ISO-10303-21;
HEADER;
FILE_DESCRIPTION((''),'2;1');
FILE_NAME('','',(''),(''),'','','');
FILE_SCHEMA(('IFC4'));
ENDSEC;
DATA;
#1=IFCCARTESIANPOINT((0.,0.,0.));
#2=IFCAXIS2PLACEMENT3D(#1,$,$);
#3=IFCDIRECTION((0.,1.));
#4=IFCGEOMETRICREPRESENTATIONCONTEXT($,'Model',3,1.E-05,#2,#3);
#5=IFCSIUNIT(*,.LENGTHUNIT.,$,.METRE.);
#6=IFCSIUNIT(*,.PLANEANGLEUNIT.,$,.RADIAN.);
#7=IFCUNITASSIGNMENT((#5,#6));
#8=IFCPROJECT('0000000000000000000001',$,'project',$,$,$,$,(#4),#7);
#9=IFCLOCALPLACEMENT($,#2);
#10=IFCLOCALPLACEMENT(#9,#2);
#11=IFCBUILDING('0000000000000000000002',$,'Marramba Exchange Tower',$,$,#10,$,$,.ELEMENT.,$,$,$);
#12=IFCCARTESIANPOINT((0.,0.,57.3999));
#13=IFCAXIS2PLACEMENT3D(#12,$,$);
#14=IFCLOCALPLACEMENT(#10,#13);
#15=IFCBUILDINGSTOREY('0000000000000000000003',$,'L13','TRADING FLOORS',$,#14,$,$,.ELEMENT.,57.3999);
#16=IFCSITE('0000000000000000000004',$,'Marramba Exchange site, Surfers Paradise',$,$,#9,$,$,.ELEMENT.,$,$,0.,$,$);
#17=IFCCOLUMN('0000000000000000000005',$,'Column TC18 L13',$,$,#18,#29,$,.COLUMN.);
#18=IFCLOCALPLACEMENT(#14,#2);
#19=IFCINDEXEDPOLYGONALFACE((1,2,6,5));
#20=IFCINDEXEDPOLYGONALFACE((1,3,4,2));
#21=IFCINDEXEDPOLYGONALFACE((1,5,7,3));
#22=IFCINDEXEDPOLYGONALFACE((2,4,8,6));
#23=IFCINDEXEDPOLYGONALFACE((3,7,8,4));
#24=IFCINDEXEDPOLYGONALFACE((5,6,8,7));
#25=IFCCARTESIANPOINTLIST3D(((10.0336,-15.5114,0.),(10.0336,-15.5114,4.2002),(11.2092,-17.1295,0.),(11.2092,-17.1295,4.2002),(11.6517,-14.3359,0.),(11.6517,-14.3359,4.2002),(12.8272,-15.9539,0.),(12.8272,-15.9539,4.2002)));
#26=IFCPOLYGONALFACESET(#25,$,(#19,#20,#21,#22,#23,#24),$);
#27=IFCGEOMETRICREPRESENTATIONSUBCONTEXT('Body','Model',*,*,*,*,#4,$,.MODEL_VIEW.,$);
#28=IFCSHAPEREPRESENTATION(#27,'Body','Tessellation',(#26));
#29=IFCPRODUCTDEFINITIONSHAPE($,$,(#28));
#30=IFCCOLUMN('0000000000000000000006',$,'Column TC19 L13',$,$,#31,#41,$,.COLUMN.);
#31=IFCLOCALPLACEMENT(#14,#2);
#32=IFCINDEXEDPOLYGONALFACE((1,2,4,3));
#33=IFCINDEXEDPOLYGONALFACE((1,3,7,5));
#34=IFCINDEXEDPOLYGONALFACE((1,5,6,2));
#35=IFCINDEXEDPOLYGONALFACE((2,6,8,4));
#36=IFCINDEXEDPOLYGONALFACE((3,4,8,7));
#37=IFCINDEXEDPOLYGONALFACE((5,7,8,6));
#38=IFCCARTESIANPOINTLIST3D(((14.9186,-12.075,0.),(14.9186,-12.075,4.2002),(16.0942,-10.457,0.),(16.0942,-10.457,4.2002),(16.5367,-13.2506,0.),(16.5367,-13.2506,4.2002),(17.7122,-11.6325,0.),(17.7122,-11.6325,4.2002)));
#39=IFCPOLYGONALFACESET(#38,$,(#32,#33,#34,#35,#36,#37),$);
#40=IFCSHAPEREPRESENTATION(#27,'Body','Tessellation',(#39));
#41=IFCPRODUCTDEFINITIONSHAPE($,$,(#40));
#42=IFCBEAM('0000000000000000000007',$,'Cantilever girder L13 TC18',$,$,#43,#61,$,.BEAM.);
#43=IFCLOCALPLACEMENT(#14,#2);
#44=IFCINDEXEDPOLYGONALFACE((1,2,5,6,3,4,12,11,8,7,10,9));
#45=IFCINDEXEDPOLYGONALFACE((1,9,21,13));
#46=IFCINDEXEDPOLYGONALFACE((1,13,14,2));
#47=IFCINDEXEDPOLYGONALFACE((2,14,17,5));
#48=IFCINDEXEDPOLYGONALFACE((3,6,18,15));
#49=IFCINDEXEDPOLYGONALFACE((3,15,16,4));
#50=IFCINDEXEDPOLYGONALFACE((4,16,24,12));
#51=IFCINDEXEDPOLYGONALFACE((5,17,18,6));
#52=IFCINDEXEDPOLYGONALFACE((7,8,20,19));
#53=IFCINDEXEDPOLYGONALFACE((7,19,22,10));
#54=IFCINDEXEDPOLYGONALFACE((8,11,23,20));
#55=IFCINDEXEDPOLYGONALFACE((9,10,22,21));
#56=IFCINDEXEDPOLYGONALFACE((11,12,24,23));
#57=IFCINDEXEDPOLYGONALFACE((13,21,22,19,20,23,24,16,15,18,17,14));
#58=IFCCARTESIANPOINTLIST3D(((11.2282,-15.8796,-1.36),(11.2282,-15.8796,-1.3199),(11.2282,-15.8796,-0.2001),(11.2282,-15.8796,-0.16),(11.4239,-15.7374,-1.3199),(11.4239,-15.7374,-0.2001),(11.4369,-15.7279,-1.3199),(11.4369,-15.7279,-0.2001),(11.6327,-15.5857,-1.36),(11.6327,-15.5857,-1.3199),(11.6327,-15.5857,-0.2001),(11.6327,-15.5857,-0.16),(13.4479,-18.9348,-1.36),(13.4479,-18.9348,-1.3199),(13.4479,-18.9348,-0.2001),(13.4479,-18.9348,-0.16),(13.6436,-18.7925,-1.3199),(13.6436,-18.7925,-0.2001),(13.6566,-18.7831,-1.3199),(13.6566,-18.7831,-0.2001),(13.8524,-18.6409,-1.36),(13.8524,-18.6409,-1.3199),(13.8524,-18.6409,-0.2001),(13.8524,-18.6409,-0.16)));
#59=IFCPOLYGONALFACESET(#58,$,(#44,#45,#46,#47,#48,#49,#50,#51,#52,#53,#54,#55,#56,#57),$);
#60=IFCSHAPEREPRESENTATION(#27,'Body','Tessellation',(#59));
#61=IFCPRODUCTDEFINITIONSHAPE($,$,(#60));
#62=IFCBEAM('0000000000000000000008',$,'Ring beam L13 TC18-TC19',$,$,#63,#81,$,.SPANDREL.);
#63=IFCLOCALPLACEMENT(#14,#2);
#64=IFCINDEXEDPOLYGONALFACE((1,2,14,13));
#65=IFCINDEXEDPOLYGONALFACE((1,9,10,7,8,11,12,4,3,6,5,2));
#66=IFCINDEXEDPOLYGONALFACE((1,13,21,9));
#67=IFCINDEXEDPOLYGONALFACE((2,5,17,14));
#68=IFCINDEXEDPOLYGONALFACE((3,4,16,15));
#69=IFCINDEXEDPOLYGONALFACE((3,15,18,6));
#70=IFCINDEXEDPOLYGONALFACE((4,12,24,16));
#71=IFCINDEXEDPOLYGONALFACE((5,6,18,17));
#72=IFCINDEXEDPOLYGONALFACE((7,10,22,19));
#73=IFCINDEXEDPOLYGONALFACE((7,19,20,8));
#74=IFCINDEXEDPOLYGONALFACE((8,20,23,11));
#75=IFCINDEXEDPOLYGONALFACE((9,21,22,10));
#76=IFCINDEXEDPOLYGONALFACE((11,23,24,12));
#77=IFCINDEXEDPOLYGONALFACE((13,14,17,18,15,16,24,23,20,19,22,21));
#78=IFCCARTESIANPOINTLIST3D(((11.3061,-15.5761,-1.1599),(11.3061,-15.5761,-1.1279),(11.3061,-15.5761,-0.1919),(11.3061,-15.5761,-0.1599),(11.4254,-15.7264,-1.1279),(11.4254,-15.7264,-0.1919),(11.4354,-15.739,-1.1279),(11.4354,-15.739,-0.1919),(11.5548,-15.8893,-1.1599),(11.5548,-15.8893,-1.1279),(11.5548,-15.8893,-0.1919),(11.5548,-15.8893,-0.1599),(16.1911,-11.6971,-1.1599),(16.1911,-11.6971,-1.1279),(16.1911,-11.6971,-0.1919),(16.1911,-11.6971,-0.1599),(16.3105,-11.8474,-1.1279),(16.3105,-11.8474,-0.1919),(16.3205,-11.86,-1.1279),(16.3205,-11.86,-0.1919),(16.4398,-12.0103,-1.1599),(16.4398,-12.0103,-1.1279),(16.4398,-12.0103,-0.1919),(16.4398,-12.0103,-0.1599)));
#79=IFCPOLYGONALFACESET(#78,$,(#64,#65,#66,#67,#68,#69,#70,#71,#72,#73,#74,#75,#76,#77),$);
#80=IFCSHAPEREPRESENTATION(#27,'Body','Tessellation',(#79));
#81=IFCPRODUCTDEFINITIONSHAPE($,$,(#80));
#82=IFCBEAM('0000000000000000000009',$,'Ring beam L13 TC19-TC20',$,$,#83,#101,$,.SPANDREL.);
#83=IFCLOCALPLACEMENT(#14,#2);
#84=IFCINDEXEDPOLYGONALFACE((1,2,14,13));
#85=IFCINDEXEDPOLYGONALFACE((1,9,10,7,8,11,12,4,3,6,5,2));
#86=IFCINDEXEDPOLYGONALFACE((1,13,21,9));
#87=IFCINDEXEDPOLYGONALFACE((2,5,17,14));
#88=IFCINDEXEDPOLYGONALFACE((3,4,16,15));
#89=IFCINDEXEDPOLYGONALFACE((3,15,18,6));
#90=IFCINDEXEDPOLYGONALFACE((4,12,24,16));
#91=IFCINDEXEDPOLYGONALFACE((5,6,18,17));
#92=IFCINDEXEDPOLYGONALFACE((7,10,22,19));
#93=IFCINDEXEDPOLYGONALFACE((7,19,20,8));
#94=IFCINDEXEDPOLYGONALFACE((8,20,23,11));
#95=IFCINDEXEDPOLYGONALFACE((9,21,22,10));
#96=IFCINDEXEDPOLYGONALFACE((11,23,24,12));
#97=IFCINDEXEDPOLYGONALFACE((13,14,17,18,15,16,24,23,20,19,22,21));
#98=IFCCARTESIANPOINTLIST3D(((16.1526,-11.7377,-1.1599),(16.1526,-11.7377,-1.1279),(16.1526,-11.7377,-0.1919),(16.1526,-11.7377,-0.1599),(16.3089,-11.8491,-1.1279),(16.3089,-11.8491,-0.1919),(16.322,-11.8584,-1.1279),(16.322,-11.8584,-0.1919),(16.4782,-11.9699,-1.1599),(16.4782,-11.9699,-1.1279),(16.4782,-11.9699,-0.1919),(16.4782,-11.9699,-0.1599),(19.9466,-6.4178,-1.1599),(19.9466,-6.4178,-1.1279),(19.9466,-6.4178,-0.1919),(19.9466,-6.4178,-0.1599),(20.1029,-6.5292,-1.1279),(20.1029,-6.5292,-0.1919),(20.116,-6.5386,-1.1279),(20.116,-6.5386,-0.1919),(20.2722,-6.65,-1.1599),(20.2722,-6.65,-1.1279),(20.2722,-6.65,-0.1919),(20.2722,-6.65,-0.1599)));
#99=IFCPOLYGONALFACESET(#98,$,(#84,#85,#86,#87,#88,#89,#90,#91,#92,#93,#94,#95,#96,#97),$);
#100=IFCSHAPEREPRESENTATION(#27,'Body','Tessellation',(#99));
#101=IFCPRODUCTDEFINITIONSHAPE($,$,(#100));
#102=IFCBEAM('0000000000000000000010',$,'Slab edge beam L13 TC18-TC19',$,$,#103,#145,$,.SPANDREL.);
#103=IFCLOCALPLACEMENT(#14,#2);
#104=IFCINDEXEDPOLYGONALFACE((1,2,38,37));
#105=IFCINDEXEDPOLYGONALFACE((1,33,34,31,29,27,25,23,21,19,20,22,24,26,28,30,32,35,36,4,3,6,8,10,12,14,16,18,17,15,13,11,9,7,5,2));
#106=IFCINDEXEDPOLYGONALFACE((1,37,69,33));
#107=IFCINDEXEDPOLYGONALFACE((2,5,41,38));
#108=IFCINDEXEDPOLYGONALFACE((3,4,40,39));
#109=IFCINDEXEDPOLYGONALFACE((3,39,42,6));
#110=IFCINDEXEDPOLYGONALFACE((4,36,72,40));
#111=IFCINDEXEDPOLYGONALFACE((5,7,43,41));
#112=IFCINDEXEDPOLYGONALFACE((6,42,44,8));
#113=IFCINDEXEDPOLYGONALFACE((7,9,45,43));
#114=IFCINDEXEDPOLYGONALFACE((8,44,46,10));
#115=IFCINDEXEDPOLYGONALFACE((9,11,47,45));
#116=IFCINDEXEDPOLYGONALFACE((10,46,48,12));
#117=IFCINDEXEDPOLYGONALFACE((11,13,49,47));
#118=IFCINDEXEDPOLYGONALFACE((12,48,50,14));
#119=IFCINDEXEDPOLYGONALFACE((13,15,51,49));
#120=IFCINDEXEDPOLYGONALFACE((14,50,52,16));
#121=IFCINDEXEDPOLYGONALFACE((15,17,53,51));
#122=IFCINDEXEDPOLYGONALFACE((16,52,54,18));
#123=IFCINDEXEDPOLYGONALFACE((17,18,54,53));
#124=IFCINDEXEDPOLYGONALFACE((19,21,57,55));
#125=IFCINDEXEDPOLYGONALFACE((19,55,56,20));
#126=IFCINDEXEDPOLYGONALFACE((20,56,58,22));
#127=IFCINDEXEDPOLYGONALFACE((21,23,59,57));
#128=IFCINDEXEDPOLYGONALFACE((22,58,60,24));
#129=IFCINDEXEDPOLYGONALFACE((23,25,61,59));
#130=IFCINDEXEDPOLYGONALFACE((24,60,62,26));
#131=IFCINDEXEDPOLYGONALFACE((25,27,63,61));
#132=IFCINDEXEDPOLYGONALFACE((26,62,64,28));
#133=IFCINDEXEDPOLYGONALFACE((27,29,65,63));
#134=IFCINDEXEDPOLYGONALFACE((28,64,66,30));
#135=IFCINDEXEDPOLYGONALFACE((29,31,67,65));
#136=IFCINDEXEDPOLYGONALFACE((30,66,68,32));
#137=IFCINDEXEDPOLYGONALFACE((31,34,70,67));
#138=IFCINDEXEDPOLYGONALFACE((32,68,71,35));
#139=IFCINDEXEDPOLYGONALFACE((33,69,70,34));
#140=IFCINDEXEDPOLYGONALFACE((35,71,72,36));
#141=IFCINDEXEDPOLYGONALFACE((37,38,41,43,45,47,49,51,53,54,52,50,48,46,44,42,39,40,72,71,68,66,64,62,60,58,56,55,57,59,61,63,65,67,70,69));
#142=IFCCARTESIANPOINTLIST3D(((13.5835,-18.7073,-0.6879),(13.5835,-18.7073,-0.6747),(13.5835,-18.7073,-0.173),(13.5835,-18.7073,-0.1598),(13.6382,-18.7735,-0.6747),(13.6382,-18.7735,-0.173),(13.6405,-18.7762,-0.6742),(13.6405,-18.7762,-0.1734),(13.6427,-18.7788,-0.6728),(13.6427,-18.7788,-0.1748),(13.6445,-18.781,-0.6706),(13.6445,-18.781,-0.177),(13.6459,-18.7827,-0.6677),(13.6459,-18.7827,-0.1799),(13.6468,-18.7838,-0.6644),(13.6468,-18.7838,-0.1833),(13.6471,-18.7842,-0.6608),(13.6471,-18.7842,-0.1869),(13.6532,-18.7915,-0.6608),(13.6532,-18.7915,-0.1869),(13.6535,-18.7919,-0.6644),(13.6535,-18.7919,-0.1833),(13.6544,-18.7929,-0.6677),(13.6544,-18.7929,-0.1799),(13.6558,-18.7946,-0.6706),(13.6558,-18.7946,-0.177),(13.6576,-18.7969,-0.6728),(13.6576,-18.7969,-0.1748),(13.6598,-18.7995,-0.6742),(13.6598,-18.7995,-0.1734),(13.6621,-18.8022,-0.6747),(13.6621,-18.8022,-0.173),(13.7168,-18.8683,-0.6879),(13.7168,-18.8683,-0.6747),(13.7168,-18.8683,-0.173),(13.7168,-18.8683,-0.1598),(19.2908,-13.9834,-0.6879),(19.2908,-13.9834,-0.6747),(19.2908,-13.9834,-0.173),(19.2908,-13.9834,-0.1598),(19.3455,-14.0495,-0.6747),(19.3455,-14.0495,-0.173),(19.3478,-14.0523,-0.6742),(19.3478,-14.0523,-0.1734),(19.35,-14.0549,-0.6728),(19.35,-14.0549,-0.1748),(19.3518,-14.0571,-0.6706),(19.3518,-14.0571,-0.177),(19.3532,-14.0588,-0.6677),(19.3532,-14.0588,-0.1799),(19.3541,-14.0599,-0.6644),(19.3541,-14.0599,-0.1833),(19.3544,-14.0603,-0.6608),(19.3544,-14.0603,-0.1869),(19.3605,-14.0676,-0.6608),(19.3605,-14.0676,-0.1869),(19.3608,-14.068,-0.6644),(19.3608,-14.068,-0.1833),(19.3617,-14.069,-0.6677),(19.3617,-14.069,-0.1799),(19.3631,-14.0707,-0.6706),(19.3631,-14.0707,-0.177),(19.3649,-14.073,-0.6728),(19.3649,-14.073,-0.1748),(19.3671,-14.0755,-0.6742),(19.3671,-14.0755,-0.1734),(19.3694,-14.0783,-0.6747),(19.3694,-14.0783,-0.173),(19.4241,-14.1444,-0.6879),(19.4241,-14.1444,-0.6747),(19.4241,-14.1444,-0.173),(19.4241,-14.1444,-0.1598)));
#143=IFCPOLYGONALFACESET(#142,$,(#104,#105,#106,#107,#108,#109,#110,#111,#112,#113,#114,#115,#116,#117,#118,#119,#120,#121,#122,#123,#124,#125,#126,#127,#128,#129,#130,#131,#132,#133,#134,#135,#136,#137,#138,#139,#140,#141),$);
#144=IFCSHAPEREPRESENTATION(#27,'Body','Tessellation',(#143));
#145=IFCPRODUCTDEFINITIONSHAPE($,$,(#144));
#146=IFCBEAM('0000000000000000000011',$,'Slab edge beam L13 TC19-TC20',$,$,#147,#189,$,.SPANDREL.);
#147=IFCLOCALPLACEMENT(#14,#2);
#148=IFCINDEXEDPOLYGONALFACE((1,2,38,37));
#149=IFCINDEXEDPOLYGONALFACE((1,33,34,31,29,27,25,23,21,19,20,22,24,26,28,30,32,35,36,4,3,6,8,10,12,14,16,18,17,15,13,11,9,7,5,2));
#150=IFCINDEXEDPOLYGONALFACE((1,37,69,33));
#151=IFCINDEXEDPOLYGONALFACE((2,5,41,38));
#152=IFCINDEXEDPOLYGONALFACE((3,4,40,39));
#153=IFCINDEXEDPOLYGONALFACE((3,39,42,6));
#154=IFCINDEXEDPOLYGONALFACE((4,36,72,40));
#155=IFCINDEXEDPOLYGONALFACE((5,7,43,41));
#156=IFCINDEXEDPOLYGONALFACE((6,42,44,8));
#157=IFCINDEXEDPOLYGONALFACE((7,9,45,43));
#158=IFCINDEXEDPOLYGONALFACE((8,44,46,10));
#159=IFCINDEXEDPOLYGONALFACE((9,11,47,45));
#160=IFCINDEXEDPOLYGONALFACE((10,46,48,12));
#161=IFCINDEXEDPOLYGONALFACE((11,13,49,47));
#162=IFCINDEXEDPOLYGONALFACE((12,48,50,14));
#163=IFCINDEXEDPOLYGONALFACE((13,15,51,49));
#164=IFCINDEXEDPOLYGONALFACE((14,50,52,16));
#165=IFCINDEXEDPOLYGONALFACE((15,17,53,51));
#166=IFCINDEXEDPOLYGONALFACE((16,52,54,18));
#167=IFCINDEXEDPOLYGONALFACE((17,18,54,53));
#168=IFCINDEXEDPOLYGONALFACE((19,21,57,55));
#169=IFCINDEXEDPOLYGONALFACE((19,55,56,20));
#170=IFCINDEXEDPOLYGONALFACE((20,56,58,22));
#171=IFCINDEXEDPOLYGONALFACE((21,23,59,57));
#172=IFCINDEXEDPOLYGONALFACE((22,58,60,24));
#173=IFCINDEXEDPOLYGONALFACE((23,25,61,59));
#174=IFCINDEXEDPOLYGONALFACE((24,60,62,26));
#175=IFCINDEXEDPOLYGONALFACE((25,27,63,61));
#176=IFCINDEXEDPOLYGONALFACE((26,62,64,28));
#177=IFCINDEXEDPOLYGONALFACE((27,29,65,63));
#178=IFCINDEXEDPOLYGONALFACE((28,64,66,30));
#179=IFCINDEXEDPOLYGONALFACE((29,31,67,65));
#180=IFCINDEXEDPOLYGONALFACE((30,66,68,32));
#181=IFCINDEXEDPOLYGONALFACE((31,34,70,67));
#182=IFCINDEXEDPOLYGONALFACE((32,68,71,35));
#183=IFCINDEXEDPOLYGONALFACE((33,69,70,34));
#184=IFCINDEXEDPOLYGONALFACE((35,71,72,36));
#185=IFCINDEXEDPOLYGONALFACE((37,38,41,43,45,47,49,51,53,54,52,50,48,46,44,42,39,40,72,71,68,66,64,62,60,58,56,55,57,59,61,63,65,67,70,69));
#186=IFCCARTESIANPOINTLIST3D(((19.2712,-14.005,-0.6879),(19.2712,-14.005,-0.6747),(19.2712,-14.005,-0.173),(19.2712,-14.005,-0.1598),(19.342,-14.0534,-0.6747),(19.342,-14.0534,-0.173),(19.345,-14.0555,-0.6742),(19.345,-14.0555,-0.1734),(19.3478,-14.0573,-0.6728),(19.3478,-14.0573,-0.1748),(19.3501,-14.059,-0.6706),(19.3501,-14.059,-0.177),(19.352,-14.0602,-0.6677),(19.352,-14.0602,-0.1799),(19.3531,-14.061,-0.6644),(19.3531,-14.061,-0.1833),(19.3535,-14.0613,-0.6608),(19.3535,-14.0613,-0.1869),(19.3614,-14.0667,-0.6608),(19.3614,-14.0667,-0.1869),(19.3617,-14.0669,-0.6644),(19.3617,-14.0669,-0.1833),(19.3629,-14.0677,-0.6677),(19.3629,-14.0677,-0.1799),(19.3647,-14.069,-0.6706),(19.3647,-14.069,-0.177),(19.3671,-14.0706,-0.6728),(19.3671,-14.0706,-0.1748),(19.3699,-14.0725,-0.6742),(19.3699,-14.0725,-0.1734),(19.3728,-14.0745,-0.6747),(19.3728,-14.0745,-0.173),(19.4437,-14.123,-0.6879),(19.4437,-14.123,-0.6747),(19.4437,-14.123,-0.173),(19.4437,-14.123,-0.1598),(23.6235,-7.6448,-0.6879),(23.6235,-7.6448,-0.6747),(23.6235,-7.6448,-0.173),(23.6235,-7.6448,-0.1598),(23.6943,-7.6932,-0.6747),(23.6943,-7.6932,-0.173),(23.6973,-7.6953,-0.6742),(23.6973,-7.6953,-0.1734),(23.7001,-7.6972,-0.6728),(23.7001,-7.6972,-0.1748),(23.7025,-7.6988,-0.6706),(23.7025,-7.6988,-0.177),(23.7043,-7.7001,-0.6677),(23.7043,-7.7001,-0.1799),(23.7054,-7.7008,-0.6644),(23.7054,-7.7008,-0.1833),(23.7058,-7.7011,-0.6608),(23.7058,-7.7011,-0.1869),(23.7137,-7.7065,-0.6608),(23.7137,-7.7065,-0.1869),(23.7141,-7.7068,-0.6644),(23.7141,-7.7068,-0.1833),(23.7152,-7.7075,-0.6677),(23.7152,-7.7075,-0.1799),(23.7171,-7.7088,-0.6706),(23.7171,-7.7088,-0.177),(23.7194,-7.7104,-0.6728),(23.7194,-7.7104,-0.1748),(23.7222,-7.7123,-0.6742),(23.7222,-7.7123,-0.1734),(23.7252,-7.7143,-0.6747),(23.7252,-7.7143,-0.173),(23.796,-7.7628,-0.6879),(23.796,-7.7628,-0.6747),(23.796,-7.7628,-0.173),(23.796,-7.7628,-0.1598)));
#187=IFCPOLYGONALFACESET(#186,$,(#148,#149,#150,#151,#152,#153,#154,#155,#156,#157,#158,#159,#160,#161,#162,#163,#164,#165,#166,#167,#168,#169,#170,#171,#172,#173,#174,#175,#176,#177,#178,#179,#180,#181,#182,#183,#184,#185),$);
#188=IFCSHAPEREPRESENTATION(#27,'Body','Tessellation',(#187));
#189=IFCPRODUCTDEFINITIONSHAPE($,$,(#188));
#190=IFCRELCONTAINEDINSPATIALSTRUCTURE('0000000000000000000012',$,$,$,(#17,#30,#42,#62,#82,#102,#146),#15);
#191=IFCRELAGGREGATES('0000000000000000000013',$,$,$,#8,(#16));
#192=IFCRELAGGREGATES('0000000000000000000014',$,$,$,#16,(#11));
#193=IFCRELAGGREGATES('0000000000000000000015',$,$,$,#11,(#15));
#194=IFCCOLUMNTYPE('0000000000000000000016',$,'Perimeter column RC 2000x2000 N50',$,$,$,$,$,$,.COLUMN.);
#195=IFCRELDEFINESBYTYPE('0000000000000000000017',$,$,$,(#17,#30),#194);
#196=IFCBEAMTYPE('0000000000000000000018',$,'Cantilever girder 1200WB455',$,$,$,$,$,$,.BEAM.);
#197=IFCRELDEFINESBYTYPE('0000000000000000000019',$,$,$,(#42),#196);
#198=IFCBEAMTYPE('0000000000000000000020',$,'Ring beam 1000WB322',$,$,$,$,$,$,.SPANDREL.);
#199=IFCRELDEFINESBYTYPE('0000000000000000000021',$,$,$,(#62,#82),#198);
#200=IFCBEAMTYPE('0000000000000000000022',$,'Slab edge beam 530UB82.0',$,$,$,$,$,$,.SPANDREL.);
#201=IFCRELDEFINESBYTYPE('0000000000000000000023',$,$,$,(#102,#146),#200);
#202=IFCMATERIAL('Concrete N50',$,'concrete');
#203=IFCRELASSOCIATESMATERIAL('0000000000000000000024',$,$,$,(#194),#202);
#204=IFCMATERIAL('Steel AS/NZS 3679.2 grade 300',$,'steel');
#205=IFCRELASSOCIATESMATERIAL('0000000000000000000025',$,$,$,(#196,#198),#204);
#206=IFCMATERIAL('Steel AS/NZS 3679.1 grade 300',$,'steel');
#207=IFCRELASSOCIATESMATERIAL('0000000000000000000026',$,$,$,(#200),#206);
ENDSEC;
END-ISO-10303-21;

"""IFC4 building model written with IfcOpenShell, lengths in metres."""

from ifc_helpers import new_model, si_unit, direction, frame, origin, origin_2d, place, context, subcontext, project, spatial, rectangle, i_section, extrude, material, material_profile, profile_set, type_object, element, save


model = new_model("IFC4")

# Units and contexts
model_context = context("Model", 3, precision=1e-05, world=origin(), true_north=direction((0.0, 1.0)))
body_context = subcontext(model_context, "Body", "Model", "MODEL_VIEW")
ifc_project = project(units=[si_unit("LENGTHUNIT", "METRE"), si_unit("PLANEANGLEUNIT", "RADIAN")], contexts=[model_context])

# Site, building, storey
site_placement = place(None, origin())
site = spatial("IfcSite", under=ifc_project, at=site_placement, Name="Marramba Exchange site, Surfers Paradise", CompositionType="ELEMENT", RefElevation=0.0)
building_placement = place(site_placement, origin())
building = spatial("IfcBuilding", under=site, at=building_placement, Name="Marramba Exchange Tower", CompositionType="ELEMENT")
storey_placement = place(building_placement, frame((0.0, 0.0, 57.3999)))
storey = spatial("IfcBuildingStorey", under=building, at=storey_placement, Name="L13", Description="TRADING FLOORS", CompositionType="ELEMENT", Elevation=57.3999)

# Columns
ifc_material_1 = material(Name="Concrete N50", Category="concrete")
ifc_material_profile_1 = material_profile(ifc_material_1, rectangle(XDim=2.0, YDim=2.0, at=origin_2d()), Name="RC 2000x2000")
ifc_profile_set_1 = profile_set([ifc_material_profile_1], Name="Concrete N50")
column_type = type_object("IfcColumnType", Name="Perimeter column RC 2000x2000 N50", PredefinedType="COLUMN", material=ifc_profile_set_1)
for number, where, z_axis, x_axis, name in (
    (1, (11.4304, -15.7327, 0.0), (0.0, 0.0, 1.0), (0.587785, -0.809017, 0.0), "Column TC18 L13"),
    (2, (16.3154, -11.8538, 0.0), (0.0, 0.0, 1.0), (0.809017, -0.587785, 0.0), "Column TC19 L13"),
):
    element("IfcColumn", number, at=place(storey_placement, frame(where, z_axis=z_axis, x_axis=x_axis)), inside=storey, type_object=column_type, Name=name, PredefinedType="COLUMN", context=body_context, shape_type="SweptSolid", body=[
        extrude(rectangle(XDim=2.0, YDim=2.0, at=origin_2d()), origin(), (0.0, 0.0, 1.0), 4.2002),
    ])

# Beams
ifc_material_2 = material(Name="Steel AS/NZS 3679.2 grade 300", Category="steel")
ifc_material_profile_2 = material_profile(ifc_material_2, i_section(OverallWidth=0.5, OverallDepth=1.2, WebThickness=0.0161, FlangeThickness=0.04, at=origin_2d()), Name="1200WB455")
ifc_profile_set_2 = profile_set([ifc_material_profile_2], Name="Steel AS/NZS 3679.2 grade 300")
beam_type_1 = type_object("IfcBeamType", Name="Cantilever girder 1200WB455", PredefinedType="BEAM", material=ifc_profile_set_2)
beam_1_placement = place(storey_placement, frame((11.4304, -15.7327, -0.76), z_axis=(0.587787, -0.809016, 0.0), x_axis=(0.809016, 0.587787, 0.0)))
element("IfcBeam", 3, at=beam_1_placement, inside=storey, type_object=beam_type_1, Name="Cantilever girder L13 TC18", PredefinedType="BEAM", context=body_context, shape_type="SweptSolid", body=[
    extrude(i_section(OverallWidth=0.5, OverallDepth=1.2, WebThickness=0.0161, FlangeThickness=0.04, at=origin_2d()), origin(), (0.0, 0.0, 1.0), 3.7764),
])
ifc_material_profile_3 = material_profile(ifc_material_2, i_section(OverallWidth=0.3999, OverallDepth=1.0, WebThickness=0.0161, FlangeThickness=0.032, at=origin_2d()), Name="1000WB322")
ifc_profile_set_3 = profile_set([ifc_material_profile_3], Name="Steel AS/NZS 3679.2 grade 300")
beam_type_2 = type_object("IfcBeamType", Name="Ring beam 1000WB322", PredefinedType="SPANDREL", material=ifc_profile_set_3)
beam_2_placement = place(storey_placement, frame((11.4304, -15.7327, -0.6599), z_axis=(0.783139, 0.621846, 0.0), x_axis=(-0.621846, 0.783139, 0.0)))
element("IfcBeam", 4, at=beam_2_placement, inside=storey, type_object=beam_type_2, Name="Ring beam L13 TC18-TC19", PredefinedType="SPANDREL", context=body_context, shape_type="SweptSolid", body=[
    extrude(i_section(OverallWidth=0.3999, OverallDepth=1.0, WebThickness=0.0161, FlangeThickness=0.032, at=origin_2d()), origin(), (0.0, 0.0, 1.0), 6.2378),
])
beam_3_placement = place(storey_placement, frame((16.3154, -11.8538, -0.6599), z_axis=(0.580637, 0.814162, 0.0), x_axis=(-0.814162, 0.580637, 0.0)))
element("IfcBeam", 5, at=beam_3_placement, inside=storey, type_object=beam_type_2, Name="Ring beam L13 TC19-TC20", PredefinedType="SPANDREL", context=body_context, shape_type="SweptSolid", body=[
    extrude(i_section(OverallWidth=0.3999, OverallDepth=1.0, WebThickness=0.0161, FlangeThickness=0.032, at=origin_2d()), origin(), (0.0, 0.0, 1.0), 6.5342),
])
ifc_material_3 = material(Name="Steel AS/NZS 3679.1 grade 300", Category="steel")
ifc_material_profile_4 = material_profile(ifc_material_3, i_section(OverallWidth=0.209, OverallDepth=0.5281, WebThickness=0.0095, FlangeThickness=0.0132, FilletRadius=0.0139, at=origin_2d()), Name="530UB82.0")
ifc_profile_set_4 = profile_set([ifc_material_profile_4], Name="Steel AS/NZS 3679.1 grade 300")
beam_type_3 = type_object("IfcBeamType", Name="Slab edge beam 530UB82.0", PredefinedType="SPANDREL", material=ifc_profile_set_4)
beam_4_placement = place(storey_placement, frame((13.6501, -18.7878, -0.4238), z_axis=(0.770354, 0.637617, 0.0), x_axis=(-0.637617, 0.770354, 0.0)))
element("IfcBeam", 6, at=beam_4_placement, inside=storey, type_object=beam_type_3, Name="Slab edge beam L13 TC18-TC19", PredefinedType="SPANDREL", context=body_context, shape_type="SweptSolid", body=[
    extrude(i_section(OverallWidth=0.209, OverallDepth=0.5281, WebThickness=0.0095, FlangeThickness=0.0132, FilletRadius=0.0139, at=origin_2d()), origin(), (0.0, 0.0, 1.0), 7.4087),
])
beam_5_placement = place(storey_placement, frame((19.3574, -14.064, -0.4238), z_axis=(0.564741, 0.825268, 0.0), x_axis=(-0.825268, 0.564741, 0.0)))
element("IfcBeam", 7, at=beam_5_placement, inside=storey, type_object=beam_type_3, Name="Slab edge beam L13 TC19-TC20", PredefinedType="SPANDREL", context=body_context, shape_type="SweptSolid", body=[
    extrude(i_section(OverallWidth=0.209, OverallDepth=0.5281, WebThickness=0.0095, FlangeThickness=0.0132, FilletRadius=0.0139, at=origin_2d()), origin(), (0.0, 0.0, 1.0), 7.7068),
])

save(model, "model.ifc")
